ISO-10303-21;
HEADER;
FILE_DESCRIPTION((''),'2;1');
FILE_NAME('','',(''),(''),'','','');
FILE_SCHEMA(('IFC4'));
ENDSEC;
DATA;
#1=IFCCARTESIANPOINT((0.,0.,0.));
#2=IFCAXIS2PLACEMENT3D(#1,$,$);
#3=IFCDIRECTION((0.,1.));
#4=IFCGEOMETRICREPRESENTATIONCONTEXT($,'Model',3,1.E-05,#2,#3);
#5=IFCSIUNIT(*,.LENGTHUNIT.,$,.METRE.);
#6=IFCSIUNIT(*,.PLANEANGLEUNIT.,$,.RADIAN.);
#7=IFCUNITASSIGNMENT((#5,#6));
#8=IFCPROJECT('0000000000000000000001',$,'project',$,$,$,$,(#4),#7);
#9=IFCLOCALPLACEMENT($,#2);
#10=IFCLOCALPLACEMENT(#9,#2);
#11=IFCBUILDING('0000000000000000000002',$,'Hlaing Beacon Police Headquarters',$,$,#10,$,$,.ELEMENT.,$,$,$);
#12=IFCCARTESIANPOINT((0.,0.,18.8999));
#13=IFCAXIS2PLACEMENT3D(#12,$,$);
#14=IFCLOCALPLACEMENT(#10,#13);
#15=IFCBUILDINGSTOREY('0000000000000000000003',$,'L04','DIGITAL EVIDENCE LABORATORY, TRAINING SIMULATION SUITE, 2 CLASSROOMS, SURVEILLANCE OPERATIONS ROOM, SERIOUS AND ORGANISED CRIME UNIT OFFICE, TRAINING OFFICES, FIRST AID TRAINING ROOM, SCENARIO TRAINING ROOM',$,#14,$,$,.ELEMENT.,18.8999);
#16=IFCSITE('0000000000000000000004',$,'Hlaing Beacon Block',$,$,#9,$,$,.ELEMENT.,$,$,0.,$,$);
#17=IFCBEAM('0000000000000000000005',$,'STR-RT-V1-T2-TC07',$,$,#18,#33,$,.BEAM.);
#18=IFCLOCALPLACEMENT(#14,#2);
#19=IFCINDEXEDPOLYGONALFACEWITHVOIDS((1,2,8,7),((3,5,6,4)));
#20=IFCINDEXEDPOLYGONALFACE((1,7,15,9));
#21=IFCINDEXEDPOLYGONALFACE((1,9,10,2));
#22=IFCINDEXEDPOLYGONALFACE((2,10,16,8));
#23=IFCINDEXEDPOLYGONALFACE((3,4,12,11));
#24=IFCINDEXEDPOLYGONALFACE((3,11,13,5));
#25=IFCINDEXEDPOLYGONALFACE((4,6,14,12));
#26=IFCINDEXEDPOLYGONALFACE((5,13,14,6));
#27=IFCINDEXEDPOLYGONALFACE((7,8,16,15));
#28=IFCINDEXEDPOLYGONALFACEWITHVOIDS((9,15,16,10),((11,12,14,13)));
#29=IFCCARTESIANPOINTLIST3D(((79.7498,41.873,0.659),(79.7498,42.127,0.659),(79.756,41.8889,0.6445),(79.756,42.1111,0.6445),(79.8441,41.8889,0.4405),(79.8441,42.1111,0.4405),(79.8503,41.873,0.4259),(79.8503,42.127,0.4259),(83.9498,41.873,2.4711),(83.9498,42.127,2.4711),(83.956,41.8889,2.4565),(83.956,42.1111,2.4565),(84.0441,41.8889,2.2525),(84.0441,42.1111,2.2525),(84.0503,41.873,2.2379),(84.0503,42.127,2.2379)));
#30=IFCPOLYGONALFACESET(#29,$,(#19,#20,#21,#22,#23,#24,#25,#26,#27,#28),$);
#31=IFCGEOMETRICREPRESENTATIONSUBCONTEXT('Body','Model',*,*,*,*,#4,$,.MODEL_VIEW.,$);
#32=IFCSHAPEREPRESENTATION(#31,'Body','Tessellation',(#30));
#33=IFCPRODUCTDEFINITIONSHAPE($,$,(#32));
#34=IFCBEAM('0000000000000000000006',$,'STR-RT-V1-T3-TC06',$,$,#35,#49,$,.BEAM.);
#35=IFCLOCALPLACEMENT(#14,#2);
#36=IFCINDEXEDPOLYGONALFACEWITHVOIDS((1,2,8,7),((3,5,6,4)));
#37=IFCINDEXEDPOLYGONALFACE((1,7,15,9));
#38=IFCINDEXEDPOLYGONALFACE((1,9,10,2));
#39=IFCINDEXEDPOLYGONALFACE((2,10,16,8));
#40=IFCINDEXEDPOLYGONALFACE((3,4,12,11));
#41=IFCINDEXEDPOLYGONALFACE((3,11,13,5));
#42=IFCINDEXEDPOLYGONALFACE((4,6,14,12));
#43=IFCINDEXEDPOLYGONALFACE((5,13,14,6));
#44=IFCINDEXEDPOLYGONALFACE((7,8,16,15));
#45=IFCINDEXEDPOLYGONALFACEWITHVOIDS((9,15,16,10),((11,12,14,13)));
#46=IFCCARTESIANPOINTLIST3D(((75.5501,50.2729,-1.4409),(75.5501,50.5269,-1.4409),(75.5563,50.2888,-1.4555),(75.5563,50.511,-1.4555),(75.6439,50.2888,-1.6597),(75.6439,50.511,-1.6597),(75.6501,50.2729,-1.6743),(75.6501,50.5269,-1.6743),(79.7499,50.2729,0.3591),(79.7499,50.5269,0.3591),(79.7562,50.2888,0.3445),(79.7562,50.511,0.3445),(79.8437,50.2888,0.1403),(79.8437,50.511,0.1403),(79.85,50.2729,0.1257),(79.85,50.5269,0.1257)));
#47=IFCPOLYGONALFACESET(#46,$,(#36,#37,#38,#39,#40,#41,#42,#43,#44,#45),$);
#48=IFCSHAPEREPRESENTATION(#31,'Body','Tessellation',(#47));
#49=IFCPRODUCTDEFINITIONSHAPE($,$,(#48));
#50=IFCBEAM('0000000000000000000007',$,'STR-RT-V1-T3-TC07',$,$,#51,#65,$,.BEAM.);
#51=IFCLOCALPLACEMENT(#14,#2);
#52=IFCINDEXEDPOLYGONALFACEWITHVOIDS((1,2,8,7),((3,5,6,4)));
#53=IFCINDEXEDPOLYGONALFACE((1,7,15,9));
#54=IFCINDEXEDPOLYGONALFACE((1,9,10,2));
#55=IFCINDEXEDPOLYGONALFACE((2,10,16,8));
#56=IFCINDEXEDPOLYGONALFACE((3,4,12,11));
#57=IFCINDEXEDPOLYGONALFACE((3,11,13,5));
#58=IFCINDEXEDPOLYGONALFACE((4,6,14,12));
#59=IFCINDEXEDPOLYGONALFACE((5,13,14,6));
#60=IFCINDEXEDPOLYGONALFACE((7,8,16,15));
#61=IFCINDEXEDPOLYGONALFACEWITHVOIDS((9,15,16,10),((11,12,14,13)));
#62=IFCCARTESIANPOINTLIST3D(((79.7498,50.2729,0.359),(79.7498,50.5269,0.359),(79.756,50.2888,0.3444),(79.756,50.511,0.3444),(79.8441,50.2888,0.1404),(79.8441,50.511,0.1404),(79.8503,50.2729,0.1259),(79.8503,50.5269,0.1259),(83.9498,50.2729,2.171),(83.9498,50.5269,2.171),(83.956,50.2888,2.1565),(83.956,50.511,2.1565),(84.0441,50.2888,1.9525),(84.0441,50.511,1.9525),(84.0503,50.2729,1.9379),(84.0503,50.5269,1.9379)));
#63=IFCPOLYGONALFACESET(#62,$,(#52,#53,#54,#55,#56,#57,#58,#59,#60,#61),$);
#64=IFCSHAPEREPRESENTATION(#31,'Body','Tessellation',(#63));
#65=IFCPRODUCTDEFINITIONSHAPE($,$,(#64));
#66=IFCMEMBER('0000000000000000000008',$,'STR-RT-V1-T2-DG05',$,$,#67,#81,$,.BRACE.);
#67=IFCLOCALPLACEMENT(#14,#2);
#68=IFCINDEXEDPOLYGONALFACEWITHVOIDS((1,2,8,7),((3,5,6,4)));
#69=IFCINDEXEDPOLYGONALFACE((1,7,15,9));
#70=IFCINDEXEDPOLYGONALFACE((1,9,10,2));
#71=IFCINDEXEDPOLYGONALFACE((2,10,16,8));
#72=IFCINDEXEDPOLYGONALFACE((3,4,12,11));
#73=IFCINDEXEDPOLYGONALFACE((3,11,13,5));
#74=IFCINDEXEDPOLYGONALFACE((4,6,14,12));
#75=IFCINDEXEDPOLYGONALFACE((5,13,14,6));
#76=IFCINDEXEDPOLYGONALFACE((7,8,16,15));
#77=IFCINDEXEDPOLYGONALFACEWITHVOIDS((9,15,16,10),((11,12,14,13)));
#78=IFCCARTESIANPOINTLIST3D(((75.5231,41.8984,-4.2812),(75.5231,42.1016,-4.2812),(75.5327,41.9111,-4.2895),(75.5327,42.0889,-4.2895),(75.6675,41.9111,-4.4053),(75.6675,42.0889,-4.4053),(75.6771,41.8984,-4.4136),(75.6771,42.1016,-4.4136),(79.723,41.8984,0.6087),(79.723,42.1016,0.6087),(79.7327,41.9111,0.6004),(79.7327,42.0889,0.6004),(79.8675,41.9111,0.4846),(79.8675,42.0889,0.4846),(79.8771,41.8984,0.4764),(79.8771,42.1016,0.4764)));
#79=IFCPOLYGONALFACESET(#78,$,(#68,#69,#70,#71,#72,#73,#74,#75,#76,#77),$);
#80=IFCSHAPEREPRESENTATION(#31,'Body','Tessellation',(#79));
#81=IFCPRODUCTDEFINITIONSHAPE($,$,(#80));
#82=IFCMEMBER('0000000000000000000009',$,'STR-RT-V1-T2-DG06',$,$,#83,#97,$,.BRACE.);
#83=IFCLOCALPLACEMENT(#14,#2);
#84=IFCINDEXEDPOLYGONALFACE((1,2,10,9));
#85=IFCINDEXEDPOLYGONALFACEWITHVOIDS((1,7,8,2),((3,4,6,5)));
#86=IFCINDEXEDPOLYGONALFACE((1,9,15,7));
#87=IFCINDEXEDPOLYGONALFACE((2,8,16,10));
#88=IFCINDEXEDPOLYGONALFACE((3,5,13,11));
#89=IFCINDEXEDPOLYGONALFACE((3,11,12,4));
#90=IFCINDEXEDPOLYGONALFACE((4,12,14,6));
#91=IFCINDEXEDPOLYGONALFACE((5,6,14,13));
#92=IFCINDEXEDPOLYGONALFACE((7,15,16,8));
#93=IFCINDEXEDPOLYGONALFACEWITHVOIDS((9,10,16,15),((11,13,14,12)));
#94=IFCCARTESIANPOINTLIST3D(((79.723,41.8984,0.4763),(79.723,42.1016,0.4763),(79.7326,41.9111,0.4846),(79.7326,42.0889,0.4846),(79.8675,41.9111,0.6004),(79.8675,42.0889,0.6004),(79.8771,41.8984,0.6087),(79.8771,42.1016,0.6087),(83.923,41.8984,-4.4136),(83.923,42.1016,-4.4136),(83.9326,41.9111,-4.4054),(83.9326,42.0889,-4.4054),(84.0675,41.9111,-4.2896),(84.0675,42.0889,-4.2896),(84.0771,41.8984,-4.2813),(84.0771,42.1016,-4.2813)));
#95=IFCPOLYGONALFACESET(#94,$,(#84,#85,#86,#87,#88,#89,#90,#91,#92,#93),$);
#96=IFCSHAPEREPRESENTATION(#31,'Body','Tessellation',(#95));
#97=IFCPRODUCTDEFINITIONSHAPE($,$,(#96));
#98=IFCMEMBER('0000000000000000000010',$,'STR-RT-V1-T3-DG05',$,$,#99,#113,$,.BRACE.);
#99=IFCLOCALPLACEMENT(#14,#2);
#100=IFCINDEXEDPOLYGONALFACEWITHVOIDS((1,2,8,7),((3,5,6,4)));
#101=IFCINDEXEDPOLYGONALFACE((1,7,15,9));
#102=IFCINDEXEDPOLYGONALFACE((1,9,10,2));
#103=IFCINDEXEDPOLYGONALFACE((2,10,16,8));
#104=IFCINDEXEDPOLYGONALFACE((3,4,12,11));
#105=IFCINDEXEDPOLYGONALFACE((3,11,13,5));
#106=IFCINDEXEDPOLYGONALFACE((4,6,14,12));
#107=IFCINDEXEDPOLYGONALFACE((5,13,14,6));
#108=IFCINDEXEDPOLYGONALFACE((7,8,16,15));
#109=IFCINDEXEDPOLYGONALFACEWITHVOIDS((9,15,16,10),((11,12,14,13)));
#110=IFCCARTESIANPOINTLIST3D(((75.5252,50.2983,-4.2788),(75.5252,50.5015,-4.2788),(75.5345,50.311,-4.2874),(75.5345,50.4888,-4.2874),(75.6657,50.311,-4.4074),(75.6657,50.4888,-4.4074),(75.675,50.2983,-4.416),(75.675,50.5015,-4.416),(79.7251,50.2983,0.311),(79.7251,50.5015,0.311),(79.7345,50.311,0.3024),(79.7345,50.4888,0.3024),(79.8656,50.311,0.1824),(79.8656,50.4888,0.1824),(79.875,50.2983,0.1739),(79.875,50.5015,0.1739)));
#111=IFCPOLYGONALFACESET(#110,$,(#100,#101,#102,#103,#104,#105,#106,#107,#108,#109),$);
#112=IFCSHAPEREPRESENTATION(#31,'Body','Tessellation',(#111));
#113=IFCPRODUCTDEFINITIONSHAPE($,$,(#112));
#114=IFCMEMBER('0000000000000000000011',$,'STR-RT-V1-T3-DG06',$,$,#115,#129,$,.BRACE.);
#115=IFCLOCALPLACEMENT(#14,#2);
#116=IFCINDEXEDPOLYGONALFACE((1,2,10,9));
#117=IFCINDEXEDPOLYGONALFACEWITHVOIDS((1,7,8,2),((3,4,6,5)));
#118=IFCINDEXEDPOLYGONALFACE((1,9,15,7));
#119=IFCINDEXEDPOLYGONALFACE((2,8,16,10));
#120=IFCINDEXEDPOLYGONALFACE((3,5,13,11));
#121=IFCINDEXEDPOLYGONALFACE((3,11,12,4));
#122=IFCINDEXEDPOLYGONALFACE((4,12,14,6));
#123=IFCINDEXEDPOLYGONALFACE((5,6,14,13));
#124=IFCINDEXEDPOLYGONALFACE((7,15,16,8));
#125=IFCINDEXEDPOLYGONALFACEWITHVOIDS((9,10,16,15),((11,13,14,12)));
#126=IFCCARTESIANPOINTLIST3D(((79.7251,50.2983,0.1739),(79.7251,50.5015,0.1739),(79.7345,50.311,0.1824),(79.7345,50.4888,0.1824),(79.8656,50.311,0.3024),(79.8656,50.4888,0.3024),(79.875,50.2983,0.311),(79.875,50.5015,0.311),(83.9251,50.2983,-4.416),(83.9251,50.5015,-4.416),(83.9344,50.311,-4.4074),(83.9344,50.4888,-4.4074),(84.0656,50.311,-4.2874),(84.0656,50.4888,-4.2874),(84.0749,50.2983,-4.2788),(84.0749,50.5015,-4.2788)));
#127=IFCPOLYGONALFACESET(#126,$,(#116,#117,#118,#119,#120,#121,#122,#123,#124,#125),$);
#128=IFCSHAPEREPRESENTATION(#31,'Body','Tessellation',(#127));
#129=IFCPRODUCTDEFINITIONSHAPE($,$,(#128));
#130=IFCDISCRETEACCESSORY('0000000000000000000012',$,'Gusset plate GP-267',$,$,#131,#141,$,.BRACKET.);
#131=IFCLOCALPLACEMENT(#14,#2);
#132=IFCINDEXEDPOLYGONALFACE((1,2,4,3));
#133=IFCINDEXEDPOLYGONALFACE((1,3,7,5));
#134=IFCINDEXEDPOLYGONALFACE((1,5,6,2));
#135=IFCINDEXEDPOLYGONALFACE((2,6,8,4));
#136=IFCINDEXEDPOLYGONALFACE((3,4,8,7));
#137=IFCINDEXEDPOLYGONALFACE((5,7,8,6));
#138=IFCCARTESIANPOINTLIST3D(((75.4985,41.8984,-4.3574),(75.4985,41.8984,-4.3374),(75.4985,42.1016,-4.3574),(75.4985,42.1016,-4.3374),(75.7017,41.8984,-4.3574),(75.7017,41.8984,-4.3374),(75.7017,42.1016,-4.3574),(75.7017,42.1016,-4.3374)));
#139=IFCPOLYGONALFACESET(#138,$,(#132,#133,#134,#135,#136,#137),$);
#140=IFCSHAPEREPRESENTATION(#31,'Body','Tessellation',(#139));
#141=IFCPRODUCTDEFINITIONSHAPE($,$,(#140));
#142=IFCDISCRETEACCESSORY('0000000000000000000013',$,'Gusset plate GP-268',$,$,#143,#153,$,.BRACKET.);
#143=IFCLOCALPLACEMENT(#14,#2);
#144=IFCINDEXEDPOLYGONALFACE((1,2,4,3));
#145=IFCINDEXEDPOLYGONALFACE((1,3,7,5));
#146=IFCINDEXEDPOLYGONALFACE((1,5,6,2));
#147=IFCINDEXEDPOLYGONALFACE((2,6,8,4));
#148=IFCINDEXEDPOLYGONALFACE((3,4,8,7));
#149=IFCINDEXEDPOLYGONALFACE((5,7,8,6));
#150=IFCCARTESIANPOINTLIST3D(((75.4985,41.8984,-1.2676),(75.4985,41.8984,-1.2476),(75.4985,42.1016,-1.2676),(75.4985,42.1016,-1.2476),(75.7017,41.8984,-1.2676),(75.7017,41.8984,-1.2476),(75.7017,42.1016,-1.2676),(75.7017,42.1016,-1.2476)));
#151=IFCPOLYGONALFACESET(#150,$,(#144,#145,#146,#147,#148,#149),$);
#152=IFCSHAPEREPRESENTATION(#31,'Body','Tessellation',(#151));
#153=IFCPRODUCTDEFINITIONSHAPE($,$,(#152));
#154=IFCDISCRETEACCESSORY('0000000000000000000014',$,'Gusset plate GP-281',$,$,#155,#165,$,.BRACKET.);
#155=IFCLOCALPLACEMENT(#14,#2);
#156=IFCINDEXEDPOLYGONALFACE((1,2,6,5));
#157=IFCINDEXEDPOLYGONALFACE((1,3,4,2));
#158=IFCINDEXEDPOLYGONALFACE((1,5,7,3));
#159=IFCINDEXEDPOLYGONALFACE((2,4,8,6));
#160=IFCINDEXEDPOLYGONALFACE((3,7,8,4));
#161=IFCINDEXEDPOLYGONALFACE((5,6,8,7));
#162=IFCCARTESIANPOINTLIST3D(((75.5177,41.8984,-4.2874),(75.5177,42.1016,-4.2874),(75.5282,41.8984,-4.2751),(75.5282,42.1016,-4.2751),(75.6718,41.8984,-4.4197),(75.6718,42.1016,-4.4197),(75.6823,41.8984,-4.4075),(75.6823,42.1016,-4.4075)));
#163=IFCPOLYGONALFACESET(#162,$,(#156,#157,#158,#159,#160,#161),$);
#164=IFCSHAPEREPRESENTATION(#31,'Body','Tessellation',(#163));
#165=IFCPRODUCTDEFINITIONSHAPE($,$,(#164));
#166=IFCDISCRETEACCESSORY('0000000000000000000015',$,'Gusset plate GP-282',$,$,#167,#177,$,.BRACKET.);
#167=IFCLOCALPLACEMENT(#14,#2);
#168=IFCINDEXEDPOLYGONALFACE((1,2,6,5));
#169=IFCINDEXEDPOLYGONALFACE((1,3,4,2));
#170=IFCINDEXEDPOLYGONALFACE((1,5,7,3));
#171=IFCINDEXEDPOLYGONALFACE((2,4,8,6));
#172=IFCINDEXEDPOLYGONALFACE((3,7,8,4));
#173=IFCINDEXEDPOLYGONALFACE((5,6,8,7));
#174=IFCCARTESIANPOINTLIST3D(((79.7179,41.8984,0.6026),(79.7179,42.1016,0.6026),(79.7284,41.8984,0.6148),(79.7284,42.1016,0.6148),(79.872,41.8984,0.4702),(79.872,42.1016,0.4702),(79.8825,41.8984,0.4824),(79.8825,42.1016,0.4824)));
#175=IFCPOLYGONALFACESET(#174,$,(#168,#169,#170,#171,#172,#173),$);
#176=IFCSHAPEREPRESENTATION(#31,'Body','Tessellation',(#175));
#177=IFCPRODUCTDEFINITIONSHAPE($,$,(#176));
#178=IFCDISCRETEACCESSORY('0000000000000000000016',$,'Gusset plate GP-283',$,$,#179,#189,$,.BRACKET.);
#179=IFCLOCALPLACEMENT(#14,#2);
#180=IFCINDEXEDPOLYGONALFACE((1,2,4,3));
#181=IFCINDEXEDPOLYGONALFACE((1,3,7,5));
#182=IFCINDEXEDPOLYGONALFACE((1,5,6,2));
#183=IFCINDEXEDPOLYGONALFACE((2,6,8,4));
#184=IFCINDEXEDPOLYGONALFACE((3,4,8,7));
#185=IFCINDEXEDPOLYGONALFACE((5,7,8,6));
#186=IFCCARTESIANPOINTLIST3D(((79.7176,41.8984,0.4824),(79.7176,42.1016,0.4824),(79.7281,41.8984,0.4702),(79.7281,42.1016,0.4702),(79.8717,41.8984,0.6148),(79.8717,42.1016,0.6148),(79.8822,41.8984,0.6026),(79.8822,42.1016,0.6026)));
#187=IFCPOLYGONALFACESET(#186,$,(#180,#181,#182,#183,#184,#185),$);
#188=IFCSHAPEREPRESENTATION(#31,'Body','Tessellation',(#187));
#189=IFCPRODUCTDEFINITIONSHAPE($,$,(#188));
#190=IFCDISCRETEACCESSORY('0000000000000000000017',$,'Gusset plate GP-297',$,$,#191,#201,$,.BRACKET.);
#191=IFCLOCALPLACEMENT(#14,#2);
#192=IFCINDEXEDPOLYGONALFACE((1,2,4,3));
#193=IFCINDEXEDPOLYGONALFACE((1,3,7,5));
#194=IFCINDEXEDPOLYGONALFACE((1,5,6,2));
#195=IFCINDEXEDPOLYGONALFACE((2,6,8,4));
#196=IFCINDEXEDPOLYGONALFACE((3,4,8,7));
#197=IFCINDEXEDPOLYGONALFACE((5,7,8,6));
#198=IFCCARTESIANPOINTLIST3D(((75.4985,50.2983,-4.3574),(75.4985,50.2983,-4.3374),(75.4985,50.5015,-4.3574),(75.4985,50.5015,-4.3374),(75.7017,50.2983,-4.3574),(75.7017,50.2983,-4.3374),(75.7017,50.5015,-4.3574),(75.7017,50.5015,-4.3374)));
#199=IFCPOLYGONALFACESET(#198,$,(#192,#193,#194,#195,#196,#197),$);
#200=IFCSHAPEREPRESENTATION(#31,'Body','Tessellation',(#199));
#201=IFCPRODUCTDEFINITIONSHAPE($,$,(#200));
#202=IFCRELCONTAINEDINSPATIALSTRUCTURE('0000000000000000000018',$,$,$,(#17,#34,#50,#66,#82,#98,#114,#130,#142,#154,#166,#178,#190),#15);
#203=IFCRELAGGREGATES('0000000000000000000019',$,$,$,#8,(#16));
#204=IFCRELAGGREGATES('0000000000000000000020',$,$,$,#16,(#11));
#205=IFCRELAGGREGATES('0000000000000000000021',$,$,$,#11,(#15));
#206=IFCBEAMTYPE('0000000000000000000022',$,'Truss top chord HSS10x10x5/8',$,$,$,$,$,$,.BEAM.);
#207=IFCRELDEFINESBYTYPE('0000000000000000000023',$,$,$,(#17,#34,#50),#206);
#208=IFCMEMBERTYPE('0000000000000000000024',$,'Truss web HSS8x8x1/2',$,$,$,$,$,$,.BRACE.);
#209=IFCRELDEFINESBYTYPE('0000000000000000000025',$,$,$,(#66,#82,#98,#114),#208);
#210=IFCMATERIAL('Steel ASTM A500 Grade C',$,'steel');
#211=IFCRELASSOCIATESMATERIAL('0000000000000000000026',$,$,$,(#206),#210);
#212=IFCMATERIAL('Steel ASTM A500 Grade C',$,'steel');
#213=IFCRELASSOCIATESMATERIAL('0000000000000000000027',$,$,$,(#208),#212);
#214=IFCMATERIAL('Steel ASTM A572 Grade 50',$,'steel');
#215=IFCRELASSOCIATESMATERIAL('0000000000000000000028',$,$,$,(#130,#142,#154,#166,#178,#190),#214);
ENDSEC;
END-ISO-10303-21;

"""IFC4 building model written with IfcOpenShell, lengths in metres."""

from ifc_helpers import new_model, si_unit, direction, frame, origin, origin_2d, place, context, subcontext, project, spatial, rectangle, hollow_rectangle, extrude, material, material_profile, profile_set, type_object, element, save


model = new_model("IFC4")

# Units and contexts
model_context = context("Model", 3, precision=1e-05, world=origin(), true_north=direction((0.0, 1.0)))
body_context = subcontext(model_context, "Body", "Model", "MODEL_VIEW")
ifc_project = project(units=[si_unit("LENGTHUNIT", "METRE"), si_unit("PLANEANGLEUNIT", "RADIAN")], contexts=[model_context])

# Site, building, storey
site_placement = place(None, origin())
site = spatial("IfcSite", under=ifc_project, at=site_placement, Name="Hlaing Beacon Block", CompositionType="ELEMENT", RefElevation=0.0)
building_placement = place(site_placement, origin())
building = spatial("IfcBuilding", under=site, at=building_placement, Name="Hlaing Beacon Police Headquarters", CompositionType="ELEMENT")
storey_placement = place(building_placement, frame((0.0, 0.0, 18.8999)))
storey = spatial("IfcBuildingStorey", under=building, at=storey_placement, Name="L04", Description="DIGITAL EVIDENCE LABORATORY, TRAINING SIMULATION SUITE, 2 CLASSROOMS, SURVEILLANCE OPERATIONS ROOM, SERIOUS AND ORGANISED CRIME UNIT OFFICE, TRAINING OFFICES, FIRST AID TRAINING ROOM, SCENARIO TRAINING ROOM", CompositionType="ELEMENT", Elevation=18.8999)

# Beams
ifc_material_1 = material(Name="Steel ASTM A500 Grade C", Category="steel")
ifc_material_profile_1 = material_profile(ifc_material_1, hollow_rectangle(XDim=0.2539, YDim=0.2539, WallThickness=0.0159, at=origin_2d()), Name="HSS10x10x5/8")
ifc_profile_set_1 = profile_set([ifc_material_profile_1], Name="Steel ASTM A500 Grade C")
beam_type_1 = type_object("IfcBeamType", Name="Truss top chord HSS10x10x5/8", PredefinedType="BEAM", material=ifc_profile_set_1)
beam_1_placement = place(storey_placement, frame((79.8, 42.0, 0.5425), z_axis=(0.91819, 0.0, 0.396141), x_axis=(0.0, 1.0, 0.0)))
element("IfcBeam", 1, at=beam_1_placement, inside=storey, type_object=beam_type_1, Name="STR-RT-V1-T2-TC07", PredefinedType="BEAM", context=body_context, shape_type="SweptSolid", body=[
    extrude(hollow_rectangle(XDim=0.2539, YDim=0.2539, WallThickness=0.0159, at=origin_2d()), origin(), (0.0, 0.0, 1.0), 4.5742),
])
beam_2_placement = place(storey_placement, frame((75.6001, 50.3999, -1.5576), z_axis=(0.91914, 0.0, 0.393932), x_axis=(0.0, 1.0, 0.0)))
element("IfcBeam", 2, at=beam_2_placement, inside=storey, type_object=beam_type_1, Name="STR-RT-V1-T3-TC06", PredefinedType="BEAM", context=body_context, shape_type="SweptSolid", body=[
    extrude(hollow_rectangle(XDim=0.2539, YDim=0.2539, WallThickness=0.0159, at=origin_2d()), origin(), (0.0, 0.0, 1.0), 4.5693),
])
beam_3_placement = place(storey_placement, frame((79.8, 50.3999, 0.2424), z_axis=(0.91819, 0.0, 0.396141), x_axis=(0.0, 1.0, 0.0)))
element("IfcBeam", 3, at=beam_3_placement, inside=storey, type_object=beam_type_1, Name="STR-RT-V1-T3-TC07", PredefinedType="BEAM", context=body_context, shape_type="SweptSolid", body=[
    extrude(hollow_rectangle(XDim=0.2539, YDim=0.2539, WallThickness=0.0159, at=origin_2d()), origin(), (0.0, 0.0, 1.0), 4.5742),
])

# Members
ifc_material_2 = material(Name="Steel ASTM A500 Grade C", Category="steel")
ifc_material_profile_2 = material_profile(ifc_material_2, hollow_rectangle(XDim=0.2031, YDim=0.2031, WallThickness=0.0127, at=origin_2d()), Name="HSS8x8x1/2")
ifc_profile_set_2 = profile_set([ifc_material_profile_2], Name="Steel ASTM A500 Grade C")
member_type_1 = type_object("IfcMemberType", Name="Truss web HSS8x8x1/2", PredefinedType="BRACE", material=ifc_profile_set_2)
for number, where, z_axis, x_axis, name in (
    (4, (75.6001, 42.0, -4.3474), (0.651561, 0.0, 0.758596), (0.0, 1.0, 0.0), "STR-RT-V1-T2-DG05"),
    (5, (79.8, 42.0, 0.5425), (0.651561, 0.0, -0.758596), (0.0, 1.0, 0.0), "STR-RT-V1-T2-DG06"),
):
    element("IfcMember", number, at=place(storey_placement, frame(where, z_axis=z_axis, x_axis=x_axis)), inside=storey, type_object=member_type_1, Name=name, PredefinedType="BRACE", context=body_context, shape_type="SweptSolid", body=[
        extrude(hollow_rectangle(XDim=0.2031, YDim=0.2031, WallThickness=0.0127, at=origin_2d()), origin(), (0.0, 0.0, 1.0), 6.446),
    ])
for number, where, z_axis, x_axis, name in (
    (6, (75.6001, 50.3999, -4.3474), (0.675078, 0.0, 0.737747), (0.0, 1.0, 0.0), "STR-RT-V1-T3-DG05"),
    (7, (79.8, 50.3999, 0.2424), (0.675078, 0.0, -0.737747), (0.0, 1.0, 0.0), "STR-RT-V1-T3-DG06"),
):
    element("IfcMember", number, at=place(storey_placement, frame(where, z_axis=z_axis, x_axis=x_axis)), inside=storey, type_object=member_type_1, Name=name, PredefinedType="BRACE", context=body_context, shape_type="SweptSolid", body=[
        extrude(hollow_rectangle(XDim=0.2031, YDim=0.2031, WallThickness=0.0127, at=origin_2d()), origin(), (0.0, 0.0, 1.0), 6.2214),
    ])

# Discrete accessories
ifc_material_3 = material(Name="Steel ASTM A572 Grade 50", Category="steel")
for number, where, z_axis, x_axis, name in (
    (8, (75.6001, 42.0, -4.3374), (0.0, 0.0, -1.0), (1.0, 0.0, 0.0), "Gusset plate GP-267"),
    (9, (75.6001, 42.0, -1.2676), (0.0, 0.0, 1.0), (1.0, 0.0, 0.0), "Gusset plate GP-268"),
):
    element("IfcDiscreteAccessory", number, at=place(storey_placement, frame(where, z_axis=z_axis, x_axis=x_axis)), inside=storey, material=ifc_material_3, Name=name, PredefinedType="BRACKET", context=body_context, shape_type="SweptSolid", body=[
        extrude(rectangle(XDim=0.2031, YDim=0.2031, at=origin_2d()), origin(), (0.0, 0.0, 1.0), 0.02),
    ])
for number, where, z_axis, x_axis, name in (
    (10, (75.6052, 42.0, -4.3413), (-0.651561, 0.0, -0.758596), (0.0, -1.0, 0.0), "Gusset plate GP-281"),
    (11, (79.7949, 42.0, 0.5364), (0.651561, 0.0, 0.758596), (0.0, 1.0, 0.0), "Gusset plate GP-282"),
    (12, (79.8052, 42.0, 0.5364), (-0.651561, 0.0, 0.758596), (0.0, -1.0, 0.0), "Gusset plate GP-283"),
):
    element("IfcDiscreteAccessory", number, at=place(storey_placement, frame(where, z_axis=z_axis, x_axis=x_axis)), inside=storey, material=ifc_material_3, Name=name, PredefinedType="BRACKET", context=body_context, shape_type="SweptSolid", body=[
        extrude(rectangle(XDim=0.2031, YDim=0.2031, at=origin_2d()), origin(), (0.0, 0.0, 1.0), 0.0161),
    ])
for number, where, z_axis, x_axis, name in (
    (13, (75.6001, 50.3999, -4.3374), (0.0, 0.0, -1.0), (1.0, 0.0, 0.0), "Gusset plate GP-297"),
):
    element("IfcDiscreteAccessory", number, at=place(storey_placement, frame(where, z_axis=z_axis, x_axis=x_axis)), inside=storey, material=ifc_material_3, Name=name, PredefinedType="BRACKET", context=body_context, shape_type="SweptSolid", body=[
        extrude(rectangle(XDim=0.2031, YDim=0.2031, at=origin_2d()), origin(), (0.0, 0.0, 1.0), 0.02),
    ])

save(model, "model.ifc")
